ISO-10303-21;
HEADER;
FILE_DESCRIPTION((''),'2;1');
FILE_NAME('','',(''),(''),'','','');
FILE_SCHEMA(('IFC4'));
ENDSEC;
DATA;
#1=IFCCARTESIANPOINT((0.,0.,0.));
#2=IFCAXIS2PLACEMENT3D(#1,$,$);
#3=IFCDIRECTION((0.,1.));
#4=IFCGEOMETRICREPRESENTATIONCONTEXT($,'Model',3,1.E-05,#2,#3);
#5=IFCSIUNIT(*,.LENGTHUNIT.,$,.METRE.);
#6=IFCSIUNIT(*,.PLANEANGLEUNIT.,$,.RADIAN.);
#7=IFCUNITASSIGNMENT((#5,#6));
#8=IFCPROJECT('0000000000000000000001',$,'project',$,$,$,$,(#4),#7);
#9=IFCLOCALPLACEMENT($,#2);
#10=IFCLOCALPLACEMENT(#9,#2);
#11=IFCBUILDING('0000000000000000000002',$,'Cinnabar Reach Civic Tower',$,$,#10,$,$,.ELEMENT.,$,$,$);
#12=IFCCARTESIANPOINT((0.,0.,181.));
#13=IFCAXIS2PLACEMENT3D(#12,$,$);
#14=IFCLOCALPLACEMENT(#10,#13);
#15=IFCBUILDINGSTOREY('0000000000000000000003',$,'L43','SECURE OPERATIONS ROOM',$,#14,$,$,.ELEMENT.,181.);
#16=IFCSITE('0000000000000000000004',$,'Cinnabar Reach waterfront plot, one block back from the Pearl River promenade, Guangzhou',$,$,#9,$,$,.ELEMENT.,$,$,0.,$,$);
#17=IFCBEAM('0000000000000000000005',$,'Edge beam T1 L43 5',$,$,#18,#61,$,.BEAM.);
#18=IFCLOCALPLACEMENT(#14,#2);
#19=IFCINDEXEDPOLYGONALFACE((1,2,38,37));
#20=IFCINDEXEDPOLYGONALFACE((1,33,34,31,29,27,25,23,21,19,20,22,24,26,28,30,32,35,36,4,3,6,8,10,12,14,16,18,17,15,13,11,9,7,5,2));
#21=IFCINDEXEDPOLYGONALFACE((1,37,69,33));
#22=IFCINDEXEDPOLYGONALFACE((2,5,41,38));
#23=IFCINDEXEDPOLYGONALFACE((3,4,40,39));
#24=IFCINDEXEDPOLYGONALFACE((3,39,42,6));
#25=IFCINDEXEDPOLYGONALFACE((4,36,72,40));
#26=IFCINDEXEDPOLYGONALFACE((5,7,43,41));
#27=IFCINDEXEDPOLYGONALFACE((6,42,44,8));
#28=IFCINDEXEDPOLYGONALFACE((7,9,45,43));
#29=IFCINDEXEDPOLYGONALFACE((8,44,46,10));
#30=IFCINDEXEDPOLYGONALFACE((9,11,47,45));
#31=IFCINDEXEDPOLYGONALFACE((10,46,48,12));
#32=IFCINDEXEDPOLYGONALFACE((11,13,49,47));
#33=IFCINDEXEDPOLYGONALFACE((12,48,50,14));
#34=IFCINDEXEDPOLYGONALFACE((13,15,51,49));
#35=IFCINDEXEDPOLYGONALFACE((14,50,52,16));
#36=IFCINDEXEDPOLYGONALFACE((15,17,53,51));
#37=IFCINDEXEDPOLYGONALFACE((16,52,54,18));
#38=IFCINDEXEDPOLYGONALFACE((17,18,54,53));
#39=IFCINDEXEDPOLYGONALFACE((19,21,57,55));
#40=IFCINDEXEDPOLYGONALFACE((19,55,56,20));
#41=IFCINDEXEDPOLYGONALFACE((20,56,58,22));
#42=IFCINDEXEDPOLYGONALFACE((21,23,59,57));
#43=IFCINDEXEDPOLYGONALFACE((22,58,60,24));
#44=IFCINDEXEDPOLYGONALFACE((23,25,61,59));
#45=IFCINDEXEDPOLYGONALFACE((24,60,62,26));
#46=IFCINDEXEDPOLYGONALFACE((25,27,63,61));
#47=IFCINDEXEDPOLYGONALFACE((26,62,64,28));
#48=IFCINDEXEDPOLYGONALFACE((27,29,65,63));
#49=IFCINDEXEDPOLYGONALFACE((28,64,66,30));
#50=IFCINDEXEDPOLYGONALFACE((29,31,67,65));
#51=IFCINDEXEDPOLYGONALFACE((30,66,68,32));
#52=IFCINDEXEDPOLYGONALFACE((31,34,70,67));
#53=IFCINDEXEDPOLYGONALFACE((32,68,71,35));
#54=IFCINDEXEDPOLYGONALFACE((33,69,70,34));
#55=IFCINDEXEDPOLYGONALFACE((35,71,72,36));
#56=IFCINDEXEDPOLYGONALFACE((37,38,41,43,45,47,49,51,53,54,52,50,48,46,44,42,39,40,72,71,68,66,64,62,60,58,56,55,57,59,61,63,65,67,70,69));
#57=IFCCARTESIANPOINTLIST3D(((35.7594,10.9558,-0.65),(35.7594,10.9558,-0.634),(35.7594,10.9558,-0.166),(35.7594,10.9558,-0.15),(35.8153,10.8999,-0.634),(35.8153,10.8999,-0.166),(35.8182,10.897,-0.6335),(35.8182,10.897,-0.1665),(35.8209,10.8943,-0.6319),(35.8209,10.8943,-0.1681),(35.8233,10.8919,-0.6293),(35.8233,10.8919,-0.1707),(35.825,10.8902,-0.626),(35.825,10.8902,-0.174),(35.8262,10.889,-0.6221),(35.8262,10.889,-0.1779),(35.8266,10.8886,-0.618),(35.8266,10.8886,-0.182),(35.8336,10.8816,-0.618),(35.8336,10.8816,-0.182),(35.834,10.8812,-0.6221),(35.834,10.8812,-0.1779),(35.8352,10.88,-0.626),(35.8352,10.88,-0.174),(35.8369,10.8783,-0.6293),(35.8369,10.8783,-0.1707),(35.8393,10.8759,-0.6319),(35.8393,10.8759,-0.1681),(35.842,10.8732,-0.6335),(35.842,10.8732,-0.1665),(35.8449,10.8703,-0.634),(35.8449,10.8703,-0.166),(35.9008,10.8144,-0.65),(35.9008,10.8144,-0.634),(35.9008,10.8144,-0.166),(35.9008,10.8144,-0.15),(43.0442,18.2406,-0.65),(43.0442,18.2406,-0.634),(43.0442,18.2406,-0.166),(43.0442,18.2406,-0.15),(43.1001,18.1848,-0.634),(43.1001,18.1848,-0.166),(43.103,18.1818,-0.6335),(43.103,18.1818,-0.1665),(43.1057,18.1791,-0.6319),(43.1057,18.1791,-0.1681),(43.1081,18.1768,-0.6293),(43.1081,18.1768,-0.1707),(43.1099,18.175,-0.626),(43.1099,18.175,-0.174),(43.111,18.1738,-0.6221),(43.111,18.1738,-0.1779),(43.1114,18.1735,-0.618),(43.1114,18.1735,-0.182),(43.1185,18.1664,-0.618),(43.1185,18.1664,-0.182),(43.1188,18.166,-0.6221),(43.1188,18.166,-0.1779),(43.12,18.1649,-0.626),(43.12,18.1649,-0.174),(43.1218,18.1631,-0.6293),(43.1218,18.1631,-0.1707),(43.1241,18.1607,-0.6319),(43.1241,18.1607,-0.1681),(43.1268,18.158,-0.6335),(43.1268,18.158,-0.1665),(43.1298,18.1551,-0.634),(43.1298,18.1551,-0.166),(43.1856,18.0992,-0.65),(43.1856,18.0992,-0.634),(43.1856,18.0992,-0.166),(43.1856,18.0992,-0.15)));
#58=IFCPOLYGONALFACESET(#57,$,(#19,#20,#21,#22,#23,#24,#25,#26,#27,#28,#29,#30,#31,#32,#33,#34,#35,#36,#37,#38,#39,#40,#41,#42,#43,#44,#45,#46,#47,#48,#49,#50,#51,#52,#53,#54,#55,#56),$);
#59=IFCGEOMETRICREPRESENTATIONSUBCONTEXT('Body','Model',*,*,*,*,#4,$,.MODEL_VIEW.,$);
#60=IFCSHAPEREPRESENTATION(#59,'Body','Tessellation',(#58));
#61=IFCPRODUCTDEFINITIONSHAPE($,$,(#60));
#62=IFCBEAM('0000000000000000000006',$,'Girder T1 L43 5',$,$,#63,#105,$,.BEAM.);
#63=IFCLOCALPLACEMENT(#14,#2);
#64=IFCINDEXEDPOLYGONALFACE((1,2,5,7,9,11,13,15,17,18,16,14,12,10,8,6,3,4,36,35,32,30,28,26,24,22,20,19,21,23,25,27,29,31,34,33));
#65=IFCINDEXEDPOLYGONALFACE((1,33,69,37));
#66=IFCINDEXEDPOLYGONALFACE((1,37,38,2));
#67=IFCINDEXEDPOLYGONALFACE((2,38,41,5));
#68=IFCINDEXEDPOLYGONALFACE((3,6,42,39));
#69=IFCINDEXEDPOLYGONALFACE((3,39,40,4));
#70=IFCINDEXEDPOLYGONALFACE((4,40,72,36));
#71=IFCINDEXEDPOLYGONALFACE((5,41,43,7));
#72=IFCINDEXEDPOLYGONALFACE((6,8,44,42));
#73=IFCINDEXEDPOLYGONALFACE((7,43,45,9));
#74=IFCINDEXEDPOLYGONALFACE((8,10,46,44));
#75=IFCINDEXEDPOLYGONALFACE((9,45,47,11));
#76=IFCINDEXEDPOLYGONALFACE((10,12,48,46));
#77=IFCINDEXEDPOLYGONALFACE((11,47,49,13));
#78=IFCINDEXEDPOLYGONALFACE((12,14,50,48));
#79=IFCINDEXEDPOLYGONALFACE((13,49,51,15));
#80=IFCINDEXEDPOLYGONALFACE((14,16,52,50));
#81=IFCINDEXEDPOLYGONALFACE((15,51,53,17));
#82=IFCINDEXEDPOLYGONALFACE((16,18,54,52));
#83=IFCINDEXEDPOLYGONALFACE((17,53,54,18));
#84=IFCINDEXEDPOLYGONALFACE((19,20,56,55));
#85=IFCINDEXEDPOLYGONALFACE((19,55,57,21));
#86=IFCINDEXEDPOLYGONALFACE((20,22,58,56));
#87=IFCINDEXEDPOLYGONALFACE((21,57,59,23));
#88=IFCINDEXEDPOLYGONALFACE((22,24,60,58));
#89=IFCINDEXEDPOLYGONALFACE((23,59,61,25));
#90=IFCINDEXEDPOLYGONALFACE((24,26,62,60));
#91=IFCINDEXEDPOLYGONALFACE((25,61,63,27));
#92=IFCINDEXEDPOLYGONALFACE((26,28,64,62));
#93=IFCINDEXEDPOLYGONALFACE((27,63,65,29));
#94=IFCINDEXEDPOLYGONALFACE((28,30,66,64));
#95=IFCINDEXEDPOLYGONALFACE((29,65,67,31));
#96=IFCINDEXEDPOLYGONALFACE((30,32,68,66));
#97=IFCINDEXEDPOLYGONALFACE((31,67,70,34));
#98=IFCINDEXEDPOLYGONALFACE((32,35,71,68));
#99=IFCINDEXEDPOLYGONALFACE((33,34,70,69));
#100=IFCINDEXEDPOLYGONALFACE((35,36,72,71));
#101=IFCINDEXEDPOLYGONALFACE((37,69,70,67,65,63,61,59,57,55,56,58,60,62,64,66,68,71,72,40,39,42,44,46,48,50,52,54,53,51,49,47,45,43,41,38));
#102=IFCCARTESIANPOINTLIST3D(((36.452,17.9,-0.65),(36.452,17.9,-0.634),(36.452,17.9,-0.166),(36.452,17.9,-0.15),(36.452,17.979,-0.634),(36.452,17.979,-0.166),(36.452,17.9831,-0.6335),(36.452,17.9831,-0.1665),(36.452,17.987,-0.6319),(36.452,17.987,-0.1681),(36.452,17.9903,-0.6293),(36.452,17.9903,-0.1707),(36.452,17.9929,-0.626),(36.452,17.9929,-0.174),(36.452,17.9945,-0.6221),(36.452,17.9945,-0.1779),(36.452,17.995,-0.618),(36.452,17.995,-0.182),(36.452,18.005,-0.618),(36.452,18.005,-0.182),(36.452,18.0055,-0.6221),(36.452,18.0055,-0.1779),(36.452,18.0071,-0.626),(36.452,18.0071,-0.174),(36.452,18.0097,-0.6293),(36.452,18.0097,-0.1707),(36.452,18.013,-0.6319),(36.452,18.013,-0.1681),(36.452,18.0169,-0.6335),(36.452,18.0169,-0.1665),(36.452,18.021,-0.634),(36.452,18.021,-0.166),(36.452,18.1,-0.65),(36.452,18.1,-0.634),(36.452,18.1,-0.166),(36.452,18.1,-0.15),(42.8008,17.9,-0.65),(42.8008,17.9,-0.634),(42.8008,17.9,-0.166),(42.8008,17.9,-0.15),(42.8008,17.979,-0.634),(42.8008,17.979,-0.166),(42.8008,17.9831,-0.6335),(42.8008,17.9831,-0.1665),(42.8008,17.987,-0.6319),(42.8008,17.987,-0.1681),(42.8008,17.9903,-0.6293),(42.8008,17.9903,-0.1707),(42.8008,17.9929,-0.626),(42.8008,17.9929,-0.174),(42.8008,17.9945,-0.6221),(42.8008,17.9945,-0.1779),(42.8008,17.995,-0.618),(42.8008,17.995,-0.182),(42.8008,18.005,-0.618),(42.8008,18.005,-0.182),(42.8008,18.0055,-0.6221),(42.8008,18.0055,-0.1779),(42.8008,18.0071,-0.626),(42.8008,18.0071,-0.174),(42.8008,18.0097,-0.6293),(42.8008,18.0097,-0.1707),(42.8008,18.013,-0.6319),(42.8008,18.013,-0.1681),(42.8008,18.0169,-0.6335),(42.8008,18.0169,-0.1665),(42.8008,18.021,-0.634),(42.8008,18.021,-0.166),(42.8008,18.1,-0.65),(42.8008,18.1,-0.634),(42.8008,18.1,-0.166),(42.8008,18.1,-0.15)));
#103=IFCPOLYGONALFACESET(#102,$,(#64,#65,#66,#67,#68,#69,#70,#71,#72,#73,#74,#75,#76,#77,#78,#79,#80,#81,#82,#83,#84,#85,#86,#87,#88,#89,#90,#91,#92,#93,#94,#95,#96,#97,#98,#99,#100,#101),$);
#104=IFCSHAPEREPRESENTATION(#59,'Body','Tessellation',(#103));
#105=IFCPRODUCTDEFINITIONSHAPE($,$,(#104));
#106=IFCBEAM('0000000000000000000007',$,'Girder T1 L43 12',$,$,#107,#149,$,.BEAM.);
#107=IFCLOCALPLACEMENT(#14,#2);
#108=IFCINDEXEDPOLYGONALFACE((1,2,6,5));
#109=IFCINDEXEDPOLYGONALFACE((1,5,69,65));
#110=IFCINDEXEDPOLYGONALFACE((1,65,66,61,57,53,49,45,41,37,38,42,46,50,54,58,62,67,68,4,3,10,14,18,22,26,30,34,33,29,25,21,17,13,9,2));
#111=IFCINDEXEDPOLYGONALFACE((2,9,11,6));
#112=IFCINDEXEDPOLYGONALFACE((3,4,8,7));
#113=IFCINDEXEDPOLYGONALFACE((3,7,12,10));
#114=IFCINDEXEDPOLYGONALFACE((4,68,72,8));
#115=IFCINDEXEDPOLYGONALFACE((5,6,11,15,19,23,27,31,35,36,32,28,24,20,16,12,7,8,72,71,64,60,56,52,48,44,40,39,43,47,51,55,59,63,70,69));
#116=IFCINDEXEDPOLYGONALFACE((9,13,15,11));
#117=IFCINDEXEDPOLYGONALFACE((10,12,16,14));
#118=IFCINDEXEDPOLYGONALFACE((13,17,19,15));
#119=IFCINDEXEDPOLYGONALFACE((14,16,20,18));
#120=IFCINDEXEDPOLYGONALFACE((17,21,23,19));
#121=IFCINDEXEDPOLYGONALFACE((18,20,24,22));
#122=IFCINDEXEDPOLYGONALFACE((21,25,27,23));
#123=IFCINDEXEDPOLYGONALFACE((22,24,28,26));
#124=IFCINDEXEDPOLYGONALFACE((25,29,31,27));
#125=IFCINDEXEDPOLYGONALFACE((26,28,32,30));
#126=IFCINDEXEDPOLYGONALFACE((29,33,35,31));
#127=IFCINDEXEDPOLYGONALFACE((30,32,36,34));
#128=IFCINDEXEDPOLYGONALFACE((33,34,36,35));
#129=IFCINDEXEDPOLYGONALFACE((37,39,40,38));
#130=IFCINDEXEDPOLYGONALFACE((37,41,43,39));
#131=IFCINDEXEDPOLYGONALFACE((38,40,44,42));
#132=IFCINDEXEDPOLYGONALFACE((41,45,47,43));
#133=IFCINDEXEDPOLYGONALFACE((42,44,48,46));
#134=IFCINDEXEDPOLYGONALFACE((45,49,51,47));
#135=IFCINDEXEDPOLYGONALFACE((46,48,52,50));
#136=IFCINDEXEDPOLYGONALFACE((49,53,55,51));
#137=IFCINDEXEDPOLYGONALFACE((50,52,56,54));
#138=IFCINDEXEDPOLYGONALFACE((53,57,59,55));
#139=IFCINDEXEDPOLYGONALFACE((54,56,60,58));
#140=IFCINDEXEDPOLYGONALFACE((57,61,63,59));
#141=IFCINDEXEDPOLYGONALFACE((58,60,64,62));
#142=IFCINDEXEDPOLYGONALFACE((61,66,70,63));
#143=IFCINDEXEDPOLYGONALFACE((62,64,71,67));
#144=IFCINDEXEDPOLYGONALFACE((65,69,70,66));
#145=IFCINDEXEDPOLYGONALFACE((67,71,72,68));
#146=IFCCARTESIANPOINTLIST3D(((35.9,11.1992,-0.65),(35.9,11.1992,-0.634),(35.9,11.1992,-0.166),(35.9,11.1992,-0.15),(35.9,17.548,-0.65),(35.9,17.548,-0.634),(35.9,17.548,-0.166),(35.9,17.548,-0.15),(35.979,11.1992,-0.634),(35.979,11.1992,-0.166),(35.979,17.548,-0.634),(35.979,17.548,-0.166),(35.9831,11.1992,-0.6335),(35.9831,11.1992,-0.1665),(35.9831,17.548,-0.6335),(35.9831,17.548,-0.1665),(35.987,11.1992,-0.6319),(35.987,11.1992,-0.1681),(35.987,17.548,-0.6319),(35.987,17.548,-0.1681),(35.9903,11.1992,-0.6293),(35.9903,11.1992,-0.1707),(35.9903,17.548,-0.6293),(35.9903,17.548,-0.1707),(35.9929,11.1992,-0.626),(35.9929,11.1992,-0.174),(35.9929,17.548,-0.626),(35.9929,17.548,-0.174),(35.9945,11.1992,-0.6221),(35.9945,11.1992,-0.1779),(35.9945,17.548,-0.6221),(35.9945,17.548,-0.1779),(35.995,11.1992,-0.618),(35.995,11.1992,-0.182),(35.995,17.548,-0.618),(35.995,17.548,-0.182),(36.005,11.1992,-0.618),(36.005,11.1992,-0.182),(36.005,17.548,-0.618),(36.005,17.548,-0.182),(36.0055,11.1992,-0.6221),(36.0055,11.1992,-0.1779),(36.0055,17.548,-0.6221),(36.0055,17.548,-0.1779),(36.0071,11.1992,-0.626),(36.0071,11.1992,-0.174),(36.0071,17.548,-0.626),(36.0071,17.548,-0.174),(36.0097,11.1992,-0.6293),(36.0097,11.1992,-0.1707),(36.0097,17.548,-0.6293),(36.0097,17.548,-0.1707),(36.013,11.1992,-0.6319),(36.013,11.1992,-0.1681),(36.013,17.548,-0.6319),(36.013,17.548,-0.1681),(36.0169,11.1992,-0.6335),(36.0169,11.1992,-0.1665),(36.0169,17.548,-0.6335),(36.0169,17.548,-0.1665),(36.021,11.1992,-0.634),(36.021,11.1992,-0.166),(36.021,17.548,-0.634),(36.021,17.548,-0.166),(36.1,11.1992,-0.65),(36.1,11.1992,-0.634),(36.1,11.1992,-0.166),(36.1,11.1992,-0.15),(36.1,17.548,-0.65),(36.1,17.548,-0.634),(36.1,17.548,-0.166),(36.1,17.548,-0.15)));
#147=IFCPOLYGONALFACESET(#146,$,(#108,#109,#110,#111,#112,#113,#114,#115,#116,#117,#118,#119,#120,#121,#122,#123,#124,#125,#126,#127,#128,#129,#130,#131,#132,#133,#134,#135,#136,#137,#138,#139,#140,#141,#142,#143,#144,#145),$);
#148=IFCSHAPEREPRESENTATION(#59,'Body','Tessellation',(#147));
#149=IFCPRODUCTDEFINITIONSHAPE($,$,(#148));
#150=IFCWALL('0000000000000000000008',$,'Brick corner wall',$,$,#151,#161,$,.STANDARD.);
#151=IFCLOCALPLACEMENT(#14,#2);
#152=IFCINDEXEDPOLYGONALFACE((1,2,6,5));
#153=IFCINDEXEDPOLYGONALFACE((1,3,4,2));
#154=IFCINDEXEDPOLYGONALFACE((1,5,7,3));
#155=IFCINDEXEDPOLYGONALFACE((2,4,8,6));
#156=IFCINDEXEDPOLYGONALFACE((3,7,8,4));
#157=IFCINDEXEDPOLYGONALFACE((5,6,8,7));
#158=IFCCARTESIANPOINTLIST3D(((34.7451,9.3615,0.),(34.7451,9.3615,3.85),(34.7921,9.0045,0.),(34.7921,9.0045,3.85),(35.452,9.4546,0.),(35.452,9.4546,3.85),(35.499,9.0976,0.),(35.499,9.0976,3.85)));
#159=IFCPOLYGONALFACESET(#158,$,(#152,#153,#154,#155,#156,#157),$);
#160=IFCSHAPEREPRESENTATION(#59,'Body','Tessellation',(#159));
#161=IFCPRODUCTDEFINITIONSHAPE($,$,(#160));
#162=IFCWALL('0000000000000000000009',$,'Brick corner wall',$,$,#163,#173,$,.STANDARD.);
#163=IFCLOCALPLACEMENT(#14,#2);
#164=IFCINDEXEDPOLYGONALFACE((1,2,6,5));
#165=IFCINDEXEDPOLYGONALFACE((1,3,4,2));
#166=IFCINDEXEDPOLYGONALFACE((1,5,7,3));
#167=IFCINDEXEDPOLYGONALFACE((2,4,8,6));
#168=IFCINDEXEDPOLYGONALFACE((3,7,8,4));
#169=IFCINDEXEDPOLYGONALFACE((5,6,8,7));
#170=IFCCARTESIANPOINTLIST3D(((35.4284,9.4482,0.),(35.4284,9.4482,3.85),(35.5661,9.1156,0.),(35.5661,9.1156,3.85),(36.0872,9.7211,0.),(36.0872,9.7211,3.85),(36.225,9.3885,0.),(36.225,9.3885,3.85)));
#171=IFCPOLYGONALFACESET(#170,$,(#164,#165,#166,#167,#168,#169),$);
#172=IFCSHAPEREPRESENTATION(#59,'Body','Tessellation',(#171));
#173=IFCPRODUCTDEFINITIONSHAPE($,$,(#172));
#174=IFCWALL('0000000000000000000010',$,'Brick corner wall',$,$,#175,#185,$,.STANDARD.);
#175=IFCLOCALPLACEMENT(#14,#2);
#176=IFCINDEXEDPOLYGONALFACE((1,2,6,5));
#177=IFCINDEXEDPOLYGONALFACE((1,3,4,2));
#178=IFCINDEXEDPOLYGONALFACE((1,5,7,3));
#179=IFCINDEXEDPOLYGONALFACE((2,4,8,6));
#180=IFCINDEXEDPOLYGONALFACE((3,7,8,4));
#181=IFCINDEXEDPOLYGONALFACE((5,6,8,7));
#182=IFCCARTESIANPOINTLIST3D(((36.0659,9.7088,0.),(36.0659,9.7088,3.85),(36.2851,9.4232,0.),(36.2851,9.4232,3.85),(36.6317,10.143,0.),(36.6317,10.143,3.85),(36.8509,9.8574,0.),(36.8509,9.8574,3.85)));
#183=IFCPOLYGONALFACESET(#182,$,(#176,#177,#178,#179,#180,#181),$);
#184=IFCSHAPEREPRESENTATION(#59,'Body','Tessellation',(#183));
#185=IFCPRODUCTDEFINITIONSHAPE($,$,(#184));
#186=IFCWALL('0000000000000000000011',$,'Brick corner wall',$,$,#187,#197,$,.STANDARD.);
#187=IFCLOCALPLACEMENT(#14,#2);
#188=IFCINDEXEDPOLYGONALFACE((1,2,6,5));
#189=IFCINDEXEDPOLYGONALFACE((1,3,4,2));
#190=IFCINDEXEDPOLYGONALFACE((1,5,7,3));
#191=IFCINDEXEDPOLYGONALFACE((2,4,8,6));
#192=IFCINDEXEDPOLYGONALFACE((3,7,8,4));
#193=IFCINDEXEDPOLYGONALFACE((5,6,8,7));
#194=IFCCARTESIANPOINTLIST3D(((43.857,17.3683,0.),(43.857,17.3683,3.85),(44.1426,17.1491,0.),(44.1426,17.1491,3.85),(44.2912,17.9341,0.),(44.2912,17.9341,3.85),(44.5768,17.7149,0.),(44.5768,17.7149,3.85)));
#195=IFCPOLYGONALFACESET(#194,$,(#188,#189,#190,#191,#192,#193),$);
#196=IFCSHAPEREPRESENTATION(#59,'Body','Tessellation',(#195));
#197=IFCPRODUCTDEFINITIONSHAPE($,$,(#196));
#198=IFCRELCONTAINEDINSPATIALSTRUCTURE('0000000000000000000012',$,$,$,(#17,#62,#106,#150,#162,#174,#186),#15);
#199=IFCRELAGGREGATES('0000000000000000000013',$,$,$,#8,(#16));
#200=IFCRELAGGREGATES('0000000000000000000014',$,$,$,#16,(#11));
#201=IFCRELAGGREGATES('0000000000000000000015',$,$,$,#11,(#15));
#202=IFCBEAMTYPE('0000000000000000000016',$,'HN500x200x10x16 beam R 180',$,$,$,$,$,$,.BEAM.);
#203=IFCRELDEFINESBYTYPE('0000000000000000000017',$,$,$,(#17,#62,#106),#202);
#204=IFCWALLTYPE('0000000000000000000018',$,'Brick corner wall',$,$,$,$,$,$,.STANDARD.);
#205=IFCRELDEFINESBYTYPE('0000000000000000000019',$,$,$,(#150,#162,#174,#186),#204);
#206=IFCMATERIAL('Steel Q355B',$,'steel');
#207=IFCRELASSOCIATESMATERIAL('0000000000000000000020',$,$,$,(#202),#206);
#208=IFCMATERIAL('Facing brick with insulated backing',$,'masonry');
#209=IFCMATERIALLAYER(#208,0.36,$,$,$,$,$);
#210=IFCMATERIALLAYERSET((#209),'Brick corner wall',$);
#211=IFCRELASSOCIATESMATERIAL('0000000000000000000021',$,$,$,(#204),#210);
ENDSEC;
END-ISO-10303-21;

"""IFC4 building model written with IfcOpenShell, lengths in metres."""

from ifc_helpers import new_model, si_unit, direction, frame, frame_2d, origin, origin_2d, place, context, subcontext, project, spatial, rectangle, i_section, extrude, material, layer, layer_set, material_profile, profile_set, type_object, element, save


model = new_model("IFC4")

# Units and contexts
model_context = context("Model", 3, precision=1e-05, world=origin(), true_north=direction((0.0, 1.0)))
body_context = subcontext(model_context, "Body", "Model", "MODEL_VIEW")
ifc_project = project(units=[si_unit("LENGTHUNIT", "METRE"), si_unit("PLANEANGLEUNIT", "RADIAN")], contexts=[model_context])

# Site, building, storey
site_placement = place(None, origin())
site = spatial("IfcSite", under=ifc_project, at=site_placement, Name="Cinnabar Reach waterfront plot, one block back from the Pearl River promenade, Guangzhou", CompositionType="ELEMENT", RefElevation=0.0)
building_placement = place(site_placement, origin())
building = spatial("IfcBuilding", under=site, at=building_placement, Name="Cinnabar Reach Civic Tower", CompositionType="ELEMENT")
storey_placement = place(building_placement, frame((0.0, 0.0, 181.0)))
storey = spatial("IfcBuildingStorey", under=building, at=storey_placement, Name="L43", Description="SECURE OPERATIONS ROOM", CompositionType="ELEMENT", Elevation=181.0)

# Beams
ifc_material_1 = material(Name="Steel Q355B", Category="steel")
ifc_material_profile_1 = material_profile(ifc_material_1, i_section(OverallWidth=0.2, OverallDepth=0.5, WebThickness=0.01, FlangeThickness=0.016, FilletRadius=0.016, at=origin_2d()), Name="HN500x200x10x16")
ifc_profile_set_1 = profile_set([ifc_material_profile_1], Name="Steel Q355B")
beam_type_1 = type_object("IfcBeamType", Name="HN500x200x10x16 beam R 180", PredefinedType="BEAM", material=ifc_profile_set_1)
beam_1_placement = place(storey_placement, frame((35.8301, 10.8851, -0.4), z_axis=(0.707107, 0.707107, 0.0), x_axis=(-0.707107, 0.707107, 0.0)))
element("IfcBeam", 1, at=beam_1_placement, inside=storey, type_object=beam_type_1, Name="Edge beam T1 L43 5", PredefinedType="BEAM", context=body_context, shape_type="SweptSolid", body=[
    extrude(i_section(OverallWidth=0.2, OverallDepth=0.5, WebThickness=0.01, FlangeThickness=0.016, FilletRadius=0.016, at=origin_2d()), origin(), (0.0, 0.0, 1.0), 10.3023),
])
for number, where, z_axis, x_axis, name in (
    (2, (36.452, 18.0, -0.4), (1.0, 0.0, 0.0), (0.0, 1.0, 0.0), "Girder T1 L43 5"),
    (3, (36.0, 11.1992, -0.4), (0.0, 1.0, 0.0), (-1.0, 0.0, 0.0), "Girder T1 L43 12"),
):
    element("IfcBeam", number, at=place(storey_placement, frame(where, z_axis=z_axis, x_axis=x_axis)), inside=storey, type_object=beam_type_1, Name=name, PredefinedType="BEAM", context=body_context, shape_type="SweptSolid", body=[
        extrude(i_section(OverallWidth=0.2, OverallDepth=0.5, WebThickness=0.01, FlangeThickness=0.016, FilletRadius=0.016, at=origin_2d()), origin(), (0.0, 0.0, 1.0), 6.3488),
    ])

# Walls
ifc_material_2 = material(Name="Facing brick with insulated backing", Category="masonry")
ifc_layer_1 = layer(ifc_material_2, 0.36)
ifc_layer_set_1 = layer_set([ifc_layer_1], Name="Brick corner wall")
wall_type_1 = type_object("IfcWallType", Name="Brick corner wall", PredefinedType="STANDARD", material=ifc_layer_set_1)
for number, where, z_axis, x_axis, name in (
    (4, (34.7686, 9.183, 0.0), (0.0, 0.0, 1.0), (0.991441, 0.130556, 0.0), "Brick corner wall"),
    (5, (35.4973, 9.2819, 0.0), (0.0, 0.0, 1.0), (0.923872, 0.382703, 0.0), "Brick corner wall"),
):
    element("IfcWall", number, at=place(storey_placement, frame(where, z_axis=z_axis, x_axis=x_axis)), inside=storey, type_object=wall_type_1, Name=name, PredefinedType="STANDARD", context=body_context, shape_type="SweptSolid", body=[
        extrude(rectangle(XDim=0.7131, YDim=0.36, at=frame_2d((0.3565, 0.0))), origin(), (0.0, 0.0, 1.0), 3.85),
    ])
for number, where, z_axis, x_axis, name in (
    (6, (36.1755, 9.566, 0.0), (0.0, 0.0, 1.0), (0.793322, 0.608802, 0.0), "Brick corner wall"),
    (7, (43.9998, 17.2587, 0.0), (0.0, 0.0, 1.0), (0.608802, 0.793322, 0.0), "Brick corner wall"),
):
    element("IfcWall", number, at=place(storey_placement, frame(where, z_axis=z_axis, x_axis=x_axis)), inside=storey, type_object=wall_type_1, Name=name, PredefinedType="STANDARD", context=body_context, shape_type="SweptSolid", body=[
        extrude(rectangle(XDim=0.7132, YDim=0.36, at=frame_2d((0.3566, 0.0))), origin(), (0.0, 0.0, 1.0), 3.85),
    ])

save(model, "model.ifc")
